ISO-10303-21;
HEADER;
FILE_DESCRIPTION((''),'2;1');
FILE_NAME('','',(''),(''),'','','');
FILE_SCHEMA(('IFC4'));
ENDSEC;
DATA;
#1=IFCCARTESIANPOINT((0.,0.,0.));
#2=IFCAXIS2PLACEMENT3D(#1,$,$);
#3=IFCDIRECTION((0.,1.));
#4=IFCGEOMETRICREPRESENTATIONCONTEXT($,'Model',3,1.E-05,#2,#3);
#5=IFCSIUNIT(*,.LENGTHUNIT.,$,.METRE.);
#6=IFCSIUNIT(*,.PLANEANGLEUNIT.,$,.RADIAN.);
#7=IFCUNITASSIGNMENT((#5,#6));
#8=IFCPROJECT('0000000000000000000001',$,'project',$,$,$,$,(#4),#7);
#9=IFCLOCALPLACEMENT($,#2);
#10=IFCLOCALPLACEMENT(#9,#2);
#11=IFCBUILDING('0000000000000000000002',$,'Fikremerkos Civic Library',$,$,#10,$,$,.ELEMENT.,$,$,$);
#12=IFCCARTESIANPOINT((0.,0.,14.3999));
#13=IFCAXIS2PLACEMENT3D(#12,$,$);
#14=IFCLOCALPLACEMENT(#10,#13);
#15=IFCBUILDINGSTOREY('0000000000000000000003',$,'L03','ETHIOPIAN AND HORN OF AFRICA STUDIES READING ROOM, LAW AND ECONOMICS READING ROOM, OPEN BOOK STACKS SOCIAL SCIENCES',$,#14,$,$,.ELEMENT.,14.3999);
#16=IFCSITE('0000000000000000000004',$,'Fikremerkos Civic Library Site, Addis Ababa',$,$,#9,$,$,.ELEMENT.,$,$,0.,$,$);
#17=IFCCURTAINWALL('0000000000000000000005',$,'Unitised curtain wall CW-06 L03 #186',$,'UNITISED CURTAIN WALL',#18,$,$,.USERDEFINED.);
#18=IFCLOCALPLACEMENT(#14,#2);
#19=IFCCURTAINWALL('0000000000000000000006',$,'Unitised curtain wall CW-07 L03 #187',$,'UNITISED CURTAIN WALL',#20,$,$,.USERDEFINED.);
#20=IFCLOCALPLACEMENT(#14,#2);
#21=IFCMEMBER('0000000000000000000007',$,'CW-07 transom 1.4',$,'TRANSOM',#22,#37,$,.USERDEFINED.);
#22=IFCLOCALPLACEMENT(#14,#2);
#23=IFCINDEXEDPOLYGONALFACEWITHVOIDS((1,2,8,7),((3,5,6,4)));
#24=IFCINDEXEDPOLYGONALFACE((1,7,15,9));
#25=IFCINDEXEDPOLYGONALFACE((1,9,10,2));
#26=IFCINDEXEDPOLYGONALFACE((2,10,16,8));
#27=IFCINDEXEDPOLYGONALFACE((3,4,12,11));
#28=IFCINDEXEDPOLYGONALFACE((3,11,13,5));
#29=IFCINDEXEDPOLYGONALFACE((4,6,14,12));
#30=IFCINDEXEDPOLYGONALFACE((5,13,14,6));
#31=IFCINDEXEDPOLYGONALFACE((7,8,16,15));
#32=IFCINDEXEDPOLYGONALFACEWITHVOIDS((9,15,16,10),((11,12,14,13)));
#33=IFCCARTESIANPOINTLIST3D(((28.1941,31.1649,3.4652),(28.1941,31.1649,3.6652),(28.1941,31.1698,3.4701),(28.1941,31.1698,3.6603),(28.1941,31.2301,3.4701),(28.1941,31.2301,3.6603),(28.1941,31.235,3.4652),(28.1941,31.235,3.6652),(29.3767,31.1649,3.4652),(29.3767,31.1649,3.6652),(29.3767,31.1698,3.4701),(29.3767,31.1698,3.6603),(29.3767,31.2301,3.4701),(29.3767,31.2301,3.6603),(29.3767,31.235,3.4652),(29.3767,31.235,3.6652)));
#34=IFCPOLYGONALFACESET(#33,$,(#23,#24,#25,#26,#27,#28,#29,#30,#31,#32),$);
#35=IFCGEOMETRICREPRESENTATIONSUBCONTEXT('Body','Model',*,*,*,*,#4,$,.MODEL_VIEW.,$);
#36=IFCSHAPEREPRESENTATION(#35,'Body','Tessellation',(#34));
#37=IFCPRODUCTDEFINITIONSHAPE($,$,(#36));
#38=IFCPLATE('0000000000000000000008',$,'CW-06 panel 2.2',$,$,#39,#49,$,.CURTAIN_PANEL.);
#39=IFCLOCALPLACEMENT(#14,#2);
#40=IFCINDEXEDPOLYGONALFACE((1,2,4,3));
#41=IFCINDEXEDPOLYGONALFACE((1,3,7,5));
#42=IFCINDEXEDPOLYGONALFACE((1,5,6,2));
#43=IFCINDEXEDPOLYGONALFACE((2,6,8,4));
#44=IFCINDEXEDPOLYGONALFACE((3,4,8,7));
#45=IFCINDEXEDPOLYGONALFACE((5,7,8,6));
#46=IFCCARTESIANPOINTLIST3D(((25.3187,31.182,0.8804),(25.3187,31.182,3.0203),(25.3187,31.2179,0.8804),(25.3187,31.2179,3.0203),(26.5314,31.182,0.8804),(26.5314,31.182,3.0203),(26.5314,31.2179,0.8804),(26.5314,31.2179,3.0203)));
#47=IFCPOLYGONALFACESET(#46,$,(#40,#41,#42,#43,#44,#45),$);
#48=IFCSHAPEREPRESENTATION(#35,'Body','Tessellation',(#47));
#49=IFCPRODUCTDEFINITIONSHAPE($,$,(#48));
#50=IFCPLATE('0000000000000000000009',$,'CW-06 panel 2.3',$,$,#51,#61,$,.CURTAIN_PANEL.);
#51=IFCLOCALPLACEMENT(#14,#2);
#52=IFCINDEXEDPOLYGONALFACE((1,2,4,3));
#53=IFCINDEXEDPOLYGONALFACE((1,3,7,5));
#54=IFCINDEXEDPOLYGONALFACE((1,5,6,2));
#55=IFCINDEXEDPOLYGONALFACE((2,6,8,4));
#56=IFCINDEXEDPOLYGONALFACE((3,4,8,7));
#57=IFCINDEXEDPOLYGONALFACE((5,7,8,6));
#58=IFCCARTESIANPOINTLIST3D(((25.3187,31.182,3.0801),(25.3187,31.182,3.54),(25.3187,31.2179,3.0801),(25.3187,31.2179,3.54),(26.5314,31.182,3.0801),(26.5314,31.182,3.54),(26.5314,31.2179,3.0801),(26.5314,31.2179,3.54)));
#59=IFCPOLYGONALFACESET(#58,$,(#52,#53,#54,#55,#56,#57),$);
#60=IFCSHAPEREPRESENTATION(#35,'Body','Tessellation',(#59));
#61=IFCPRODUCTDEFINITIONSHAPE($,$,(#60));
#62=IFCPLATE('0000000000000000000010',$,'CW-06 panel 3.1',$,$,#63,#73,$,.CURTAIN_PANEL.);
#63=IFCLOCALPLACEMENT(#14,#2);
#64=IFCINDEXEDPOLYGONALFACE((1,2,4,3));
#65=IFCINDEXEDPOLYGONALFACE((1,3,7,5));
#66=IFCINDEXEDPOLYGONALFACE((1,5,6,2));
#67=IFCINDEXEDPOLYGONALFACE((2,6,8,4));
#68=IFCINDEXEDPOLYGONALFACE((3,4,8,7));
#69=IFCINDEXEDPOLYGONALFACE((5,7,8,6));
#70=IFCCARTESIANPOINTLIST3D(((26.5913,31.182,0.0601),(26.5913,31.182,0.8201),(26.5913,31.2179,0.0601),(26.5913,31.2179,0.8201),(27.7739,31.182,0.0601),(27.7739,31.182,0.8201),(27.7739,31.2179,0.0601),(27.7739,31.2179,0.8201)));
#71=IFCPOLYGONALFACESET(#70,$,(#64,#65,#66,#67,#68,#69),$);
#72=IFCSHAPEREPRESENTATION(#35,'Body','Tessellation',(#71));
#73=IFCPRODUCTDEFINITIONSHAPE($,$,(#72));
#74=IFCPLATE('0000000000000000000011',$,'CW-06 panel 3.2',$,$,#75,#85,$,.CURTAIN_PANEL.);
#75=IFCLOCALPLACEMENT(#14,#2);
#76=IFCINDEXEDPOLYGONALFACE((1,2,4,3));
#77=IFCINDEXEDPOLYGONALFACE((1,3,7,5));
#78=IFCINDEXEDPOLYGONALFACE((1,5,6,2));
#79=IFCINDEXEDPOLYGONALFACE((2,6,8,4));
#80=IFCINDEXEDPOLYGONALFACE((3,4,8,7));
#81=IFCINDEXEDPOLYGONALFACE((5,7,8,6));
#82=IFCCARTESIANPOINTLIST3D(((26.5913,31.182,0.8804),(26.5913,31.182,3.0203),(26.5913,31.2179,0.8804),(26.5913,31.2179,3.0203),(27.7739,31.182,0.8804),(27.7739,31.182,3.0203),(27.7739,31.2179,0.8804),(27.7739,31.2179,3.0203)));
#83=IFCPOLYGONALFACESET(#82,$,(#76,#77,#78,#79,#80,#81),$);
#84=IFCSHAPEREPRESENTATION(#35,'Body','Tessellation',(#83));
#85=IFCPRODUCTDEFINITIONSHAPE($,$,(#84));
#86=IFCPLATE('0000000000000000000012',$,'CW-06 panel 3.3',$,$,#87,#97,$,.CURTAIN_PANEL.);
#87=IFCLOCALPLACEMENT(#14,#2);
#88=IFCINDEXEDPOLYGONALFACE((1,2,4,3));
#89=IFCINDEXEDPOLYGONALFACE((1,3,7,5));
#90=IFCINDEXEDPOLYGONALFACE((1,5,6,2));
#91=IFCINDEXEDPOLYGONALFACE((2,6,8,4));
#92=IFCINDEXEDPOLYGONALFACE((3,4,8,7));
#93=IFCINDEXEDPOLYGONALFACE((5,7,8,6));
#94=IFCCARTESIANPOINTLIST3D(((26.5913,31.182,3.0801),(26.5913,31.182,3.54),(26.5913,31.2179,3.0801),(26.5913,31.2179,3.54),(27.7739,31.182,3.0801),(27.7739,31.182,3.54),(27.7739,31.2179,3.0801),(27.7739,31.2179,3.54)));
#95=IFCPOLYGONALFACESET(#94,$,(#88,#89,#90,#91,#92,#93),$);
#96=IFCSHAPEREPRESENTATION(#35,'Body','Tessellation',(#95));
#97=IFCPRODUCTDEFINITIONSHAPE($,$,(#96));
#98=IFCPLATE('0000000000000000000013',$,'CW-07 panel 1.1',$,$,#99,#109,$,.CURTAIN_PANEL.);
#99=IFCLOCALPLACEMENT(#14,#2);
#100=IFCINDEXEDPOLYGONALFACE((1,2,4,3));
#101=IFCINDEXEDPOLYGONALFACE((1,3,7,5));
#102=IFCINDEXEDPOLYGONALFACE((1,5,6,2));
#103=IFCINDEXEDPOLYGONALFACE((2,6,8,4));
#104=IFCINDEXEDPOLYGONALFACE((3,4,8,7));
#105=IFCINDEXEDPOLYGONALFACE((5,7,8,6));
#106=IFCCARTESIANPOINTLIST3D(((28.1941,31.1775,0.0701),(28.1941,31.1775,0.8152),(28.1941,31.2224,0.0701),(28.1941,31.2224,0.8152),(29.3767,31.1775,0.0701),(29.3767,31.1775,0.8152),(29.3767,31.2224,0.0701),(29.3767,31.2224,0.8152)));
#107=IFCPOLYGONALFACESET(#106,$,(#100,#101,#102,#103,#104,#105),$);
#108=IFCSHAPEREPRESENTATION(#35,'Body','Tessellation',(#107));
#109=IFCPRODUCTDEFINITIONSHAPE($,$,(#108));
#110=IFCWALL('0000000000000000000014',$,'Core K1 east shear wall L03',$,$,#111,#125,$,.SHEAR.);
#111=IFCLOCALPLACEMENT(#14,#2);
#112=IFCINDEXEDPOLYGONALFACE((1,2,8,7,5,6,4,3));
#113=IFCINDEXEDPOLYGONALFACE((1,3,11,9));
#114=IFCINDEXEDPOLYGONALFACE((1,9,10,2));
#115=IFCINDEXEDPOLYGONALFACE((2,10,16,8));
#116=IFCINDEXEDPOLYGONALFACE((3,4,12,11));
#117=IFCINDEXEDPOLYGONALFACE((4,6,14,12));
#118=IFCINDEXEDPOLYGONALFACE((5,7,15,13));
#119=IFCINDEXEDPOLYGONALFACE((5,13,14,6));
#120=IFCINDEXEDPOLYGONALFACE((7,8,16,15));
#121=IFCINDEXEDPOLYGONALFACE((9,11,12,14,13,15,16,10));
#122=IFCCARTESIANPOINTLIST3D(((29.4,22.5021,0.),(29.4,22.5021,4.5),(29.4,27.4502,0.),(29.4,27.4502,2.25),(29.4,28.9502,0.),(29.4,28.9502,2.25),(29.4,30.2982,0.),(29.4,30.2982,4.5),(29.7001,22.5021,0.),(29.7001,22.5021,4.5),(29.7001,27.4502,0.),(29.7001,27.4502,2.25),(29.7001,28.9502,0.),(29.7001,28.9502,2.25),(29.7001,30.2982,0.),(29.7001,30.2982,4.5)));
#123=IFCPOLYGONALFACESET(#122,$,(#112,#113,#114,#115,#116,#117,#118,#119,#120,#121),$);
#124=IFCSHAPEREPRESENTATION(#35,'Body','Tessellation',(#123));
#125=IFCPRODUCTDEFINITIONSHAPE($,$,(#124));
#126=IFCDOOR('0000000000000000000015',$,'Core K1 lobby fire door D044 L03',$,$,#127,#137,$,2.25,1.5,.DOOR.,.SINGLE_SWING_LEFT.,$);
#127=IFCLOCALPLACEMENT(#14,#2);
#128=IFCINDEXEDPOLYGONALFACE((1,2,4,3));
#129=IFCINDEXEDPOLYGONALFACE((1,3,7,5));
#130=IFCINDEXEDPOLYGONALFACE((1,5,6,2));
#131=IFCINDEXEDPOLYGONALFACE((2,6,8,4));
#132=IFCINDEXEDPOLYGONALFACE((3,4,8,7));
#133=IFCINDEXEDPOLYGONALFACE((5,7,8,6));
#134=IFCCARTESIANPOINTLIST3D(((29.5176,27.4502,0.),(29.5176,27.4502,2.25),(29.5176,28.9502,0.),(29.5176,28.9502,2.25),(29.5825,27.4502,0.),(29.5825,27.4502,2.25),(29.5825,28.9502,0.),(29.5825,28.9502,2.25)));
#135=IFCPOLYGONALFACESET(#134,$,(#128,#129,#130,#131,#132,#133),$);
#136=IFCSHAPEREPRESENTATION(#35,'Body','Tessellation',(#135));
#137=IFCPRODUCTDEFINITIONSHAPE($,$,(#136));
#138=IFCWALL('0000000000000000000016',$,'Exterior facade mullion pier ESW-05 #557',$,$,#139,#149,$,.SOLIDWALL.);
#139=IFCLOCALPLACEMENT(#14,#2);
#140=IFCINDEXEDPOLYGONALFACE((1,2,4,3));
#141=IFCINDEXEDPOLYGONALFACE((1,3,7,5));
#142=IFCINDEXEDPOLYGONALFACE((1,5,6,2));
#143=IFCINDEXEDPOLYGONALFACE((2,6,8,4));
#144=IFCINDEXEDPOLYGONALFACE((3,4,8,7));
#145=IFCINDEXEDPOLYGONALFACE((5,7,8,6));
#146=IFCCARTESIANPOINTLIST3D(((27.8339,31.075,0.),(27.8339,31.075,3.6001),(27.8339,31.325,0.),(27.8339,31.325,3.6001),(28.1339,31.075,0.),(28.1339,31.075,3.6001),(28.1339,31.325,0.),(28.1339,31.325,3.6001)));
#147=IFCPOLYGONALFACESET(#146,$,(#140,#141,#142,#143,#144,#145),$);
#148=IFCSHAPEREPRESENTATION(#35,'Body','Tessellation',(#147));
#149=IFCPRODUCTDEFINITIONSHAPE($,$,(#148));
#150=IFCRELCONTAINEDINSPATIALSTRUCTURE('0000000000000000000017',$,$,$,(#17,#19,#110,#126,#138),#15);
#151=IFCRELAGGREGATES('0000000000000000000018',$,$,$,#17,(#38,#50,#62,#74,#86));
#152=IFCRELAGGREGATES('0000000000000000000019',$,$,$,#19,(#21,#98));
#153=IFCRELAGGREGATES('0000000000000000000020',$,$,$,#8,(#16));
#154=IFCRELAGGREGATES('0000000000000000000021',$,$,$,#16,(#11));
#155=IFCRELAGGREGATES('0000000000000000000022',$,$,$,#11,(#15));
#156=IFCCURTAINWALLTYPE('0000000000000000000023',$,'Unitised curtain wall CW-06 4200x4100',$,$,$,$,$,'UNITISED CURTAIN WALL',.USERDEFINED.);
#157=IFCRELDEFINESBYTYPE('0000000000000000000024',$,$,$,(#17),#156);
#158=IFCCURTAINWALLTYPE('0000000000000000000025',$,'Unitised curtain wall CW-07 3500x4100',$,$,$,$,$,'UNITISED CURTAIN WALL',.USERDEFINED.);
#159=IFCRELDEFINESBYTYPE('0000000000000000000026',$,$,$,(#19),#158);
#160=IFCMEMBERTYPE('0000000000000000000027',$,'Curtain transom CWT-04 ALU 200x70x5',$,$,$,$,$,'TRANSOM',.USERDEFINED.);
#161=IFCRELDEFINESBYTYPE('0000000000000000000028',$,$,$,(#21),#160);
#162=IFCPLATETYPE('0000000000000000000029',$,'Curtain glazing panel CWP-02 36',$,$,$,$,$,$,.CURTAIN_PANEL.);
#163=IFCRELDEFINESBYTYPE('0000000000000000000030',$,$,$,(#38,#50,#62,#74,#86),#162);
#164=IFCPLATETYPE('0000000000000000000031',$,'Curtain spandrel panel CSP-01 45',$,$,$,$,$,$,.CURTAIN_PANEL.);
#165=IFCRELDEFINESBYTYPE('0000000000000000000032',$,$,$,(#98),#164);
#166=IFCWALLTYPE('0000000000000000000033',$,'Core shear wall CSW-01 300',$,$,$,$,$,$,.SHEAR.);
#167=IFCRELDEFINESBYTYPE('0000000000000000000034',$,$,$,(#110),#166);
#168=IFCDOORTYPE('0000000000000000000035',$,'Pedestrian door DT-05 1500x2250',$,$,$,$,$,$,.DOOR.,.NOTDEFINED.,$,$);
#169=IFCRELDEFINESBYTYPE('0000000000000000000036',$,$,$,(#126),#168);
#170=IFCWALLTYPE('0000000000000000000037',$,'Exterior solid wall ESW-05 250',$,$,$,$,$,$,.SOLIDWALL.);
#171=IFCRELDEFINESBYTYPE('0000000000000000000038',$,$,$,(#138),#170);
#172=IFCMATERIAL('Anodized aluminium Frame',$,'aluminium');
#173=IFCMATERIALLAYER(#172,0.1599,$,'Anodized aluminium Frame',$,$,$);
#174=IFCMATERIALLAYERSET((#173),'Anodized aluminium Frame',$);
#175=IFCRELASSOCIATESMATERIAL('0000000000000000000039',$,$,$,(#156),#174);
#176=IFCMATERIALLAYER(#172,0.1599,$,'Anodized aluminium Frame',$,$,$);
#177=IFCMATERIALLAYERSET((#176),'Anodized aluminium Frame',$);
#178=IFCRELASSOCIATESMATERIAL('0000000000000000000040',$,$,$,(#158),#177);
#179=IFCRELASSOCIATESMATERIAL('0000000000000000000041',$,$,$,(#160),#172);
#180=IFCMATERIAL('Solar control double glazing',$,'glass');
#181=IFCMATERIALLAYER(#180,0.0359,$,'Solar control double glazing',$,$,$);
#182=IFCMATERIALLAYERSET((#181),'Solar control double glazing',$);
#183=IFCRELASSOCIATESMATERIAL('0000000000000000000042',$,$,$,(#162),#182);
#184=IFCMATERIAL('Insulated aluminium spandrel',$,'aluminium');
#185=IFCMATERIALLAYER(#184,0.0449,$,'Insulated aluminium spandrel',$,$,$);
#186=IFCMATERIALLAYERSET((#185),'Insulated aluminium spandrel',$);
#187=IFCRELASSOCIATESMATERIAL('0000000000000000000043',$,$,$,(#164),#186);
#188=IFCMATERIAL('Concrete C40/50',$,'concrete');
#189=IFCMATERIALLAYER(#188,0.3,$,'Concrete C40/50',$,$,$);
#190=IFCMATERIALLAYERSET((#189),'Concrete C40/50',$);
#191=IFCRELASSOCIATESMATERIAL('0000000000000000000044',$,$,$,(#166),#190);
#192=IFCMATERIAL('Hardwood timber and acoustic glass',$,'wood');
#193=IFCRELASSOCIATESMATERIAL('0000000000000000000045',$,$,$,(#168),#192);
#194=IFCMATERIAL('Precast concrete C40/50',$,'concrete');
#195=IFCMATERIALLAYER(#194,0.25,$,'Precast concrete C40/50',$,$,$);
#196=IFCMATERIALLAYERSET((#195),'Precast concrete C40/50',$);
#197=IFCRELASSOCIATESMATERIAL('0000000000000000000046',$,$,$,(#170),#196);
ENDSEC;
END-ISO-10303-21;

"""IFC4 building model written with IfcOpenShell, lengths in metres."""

from ifc_helpers import new_model, si_unit, direction, frame, frame_2d, origin, origin_2d, place, context, subcontext, project, spatial, rectangle, hollow_rectangle, extrude, material, layer, layer_set, material_profile, profile_set, type_object, element, fill, aggregate, save


model = new_model("IFC4")

# Units and contexts
model_context = context("Model", 3, precision=1e-05, world=origin(), true_north=direction((0.0, 1.0)))
body_context = subcontext(model_context, "Body", "Model", "MODEL_VIEW")
ifc_project = project(units=[si_unit("LENGTHUNIT", "METRE"), si_unit("PLANEANGLEUNIT", "RADIAN")], contexts=[model_context])

# Site, building, storey
site_placement = place(None, origin())
site = spatial("IfcSite", under=ifc_project, at=site_placement, Name="Fikremerkos Civic Library Site, Addis Ababa", CompositionType="ELEMENT", RefElevation=0.0)
building_placement = place(site_placement, origin())
building = spatial("IfcBuilding", under=site, at=building_placement, Name="Fikremerkos Civic Library", CompositionType="ELEMENT")
storey_placement = place(building_placement, frame((0.0, 0.0, 14.3999)))
storey = spatial("IfcBuildingStorey", under=building, at=storey_placement, Name="L03", Description="ETHIOPIAN AND HORN OF AFRICA STUDIES READING ROOM, LAW AND ECONOMICS READING ROOM, OPEN BOOK STACKS SOCIAL SCIENCES", CompositionType="ELEMENT", Elevation=14.3999)

# Curtain wall
ifc_material_1 = material(Name="Anodized aluminium Frame", Category="aluminium")
ifc_layer_1 = layer(ifc_material_1, 0.1599, Name="Anodized aluminium Frame")
ifc_layer_set_1 = layer_set([ifc_layer_1], Name="Anodized aluminium Frame")
curtain_wall_type_1 = type_object("IfcCurtainWallType", Name="Unitised curtain wall CW-06 4200x4100", ElementType="UNITISED CURTAIN WALL", PredefinedType="USERDEFINED", material=ifc_layer_set_1)
curtain_wall_1_placement = place(storey_placement, origin())
curtain_wall_1 = element("IfcCurtainWall", 1, at=curtain_wall_1_placement, inside=storey, type_object=curtain_wall_type_1, Name="Unitised curtain wall CW-06 L03 #186", ObjectType="UNITISED CURTAIN WALL", PredefinedType="USERDEFINED")

# Curtain wall
ifc_layer_2 = layer(ifc_material_1, 0.1599, Name="Anodized aluminium Frame")
ifc_layer_set_2 = layer_set([ifc_layer_2], Name="Anodized aluminium Frame")
curtain_wall_type_2 = type_object("IfcCurtainWallType", Name="Unitised curtain wall CW-07 3500x4100", ElementType="UNITISED CURTAIN WALL", PredefinedType="USERDEFINED", material=ifc_layer_set_2)
curtain_wall_2_placement = place(storey_placement, origin())
curtain_wall_2 = element("IfcCurtainWall", 2, at=curtain_wall_2_placement, inside=storey, type_object=curtain_wall_type_2, Name="Unitised curtain wall CW-07 L03 #187", ObjectType="UNITISED CURTAIN WALL", PredefinedType="USERDEFINED")

# Member
ifc_material_profile_1 = material_profile(ifc_material_1, hollow_rectangle(XDim=0.0701, YDim=0.2, WallThickness=0.0049, at=origin_2d()), Name="ALU 200x70x5")
ifc_profile_set_1 = profile_set([ifc_material_profile_1], Name="Anodized aluminium Frame")
member_type_1 = type_object("IfcMemberType", Name="Curtain transom CWT-04 ALU 200x70x5", ElementType="TRANSOM", PredefinedType="USERDEFINED", material=ifc_profile_set_1)
member_1_placement = place(storey_placement, frame((28.1941, 31.2, 3.5652), z_axis=(1.0, 0.0, 0.0), x_axis=(0.0, 1.0, 0.0)))
member_1 = element("IfcMember", 3, at=member_1_placement, type_object=member_type_1, Name="CW-07 transom 1.4", ObjectType="TRANSOM", PredefinedType="USERDEFINED", context=body_context, shape_type="SweptSolid", body=[
    extrude(hollow_rectangle(XDim=0.0701, YDim=0.2, WallThickness=0.0049, at=origin_2d()), origin(), (0.0, 0.0, 1.0), 1.1826),
])

# Plates
ifc_material_2 = material(Name="Solar control double glazing", Category="glass")
ifc_layer_3 = layer(ifc_material_2, 0.0359, Name="Solar control double glazing")
ifc_layer_set_3 = layer_set([ifc_layer_3], Name="Solar control double glazing")
plate_type_1 = type_object("IfcPlateType", Name="Curtain glazing panel CWP-02 36", PredefinedType="CURTAIN_PANEL", material=ifc_layer_set_3)
plate_1_placement = place(storey_placement, frame((25.925, 31.2, 0.8804), z_axis=(0.0, 0.0, 1.0), x_axis=(1.0, 0.0, 0.0)))
plate_1 = element("IfcPlate", 4, at=plate_1_placement, type_object=plate_type_1, Name="CW-06 panel 2.2", PredefinedType="CURTAIN_PANEL", context=body_context, shape_type="SweptSolid", body=[
    extrude(rectangle(XDim=1.2126, YDim=0.0359, at=origin_2d()), origin(), (0.0, 0.0, 1.0), 2.1399),
])
plate_2_placement = place(storey_placement, frame((25.925, 31.2, 3.0801), z_axis=(0.0, 0.0, 1.0), x_axis=(1.0, 0.0, 0.0)))
plate_2 = element("IfcPlate", 5, at=plate_2_placement, type_object=plate_type_1, Name="CW-06 panel 2.3", PredefinedType="CURTAIN_PANEL", context=body_context, shape_type="SweptSolid", body=[
    extrude(rectangle(XDim=1.2126, YDim=0.0359, at=origin_2d()), origin(), (0.0, 0.0, 1.0), 0.46),
])
plate_3_placement = place(storey_placement, frame((27.1826, 31.2, 0.0601), z_axis=(0.0, 0.0, 1.0), x_axis=(1.0, 0.0, 0.0)))
plate_3 = element("IfcPlate", 6, at=plate_3_placement, type_object=plate_type_1, Name="CW-06 panel 3.1", PredefinedType="CURTAIN_PANEL", context=body_context, shape_type="SweptSolid", body=[
    extrude(rectangle(XDim=1.1826, YDim=0.0359, at=origin_2d()), origin(), (0.0, 0.0, 1.0), 0.76),
])
plate_4_placement = place(storey_placement, frame((27.1826, 31.2, 0.8804), z_axis=(0.0, 0.0, 1.0), x_axis=(1.0, 0.0, 0.0)))
plate_4 = element("IfcPlate", 7, at=plate_4_placement, type_object=plate_type_1, Name="CW-06 panel 3.2", PredefinedType="CURTAIN_PANEL", context=body_context, shape_type="SweptSolid", body=[
    extrude(rectangle(XDim=1.1826, YDim=0.0359, at=origin_2d()), origin(), (0.0, 0.0, 1.0), 2.1399),
])
plate_5_placement = place(storey_placement, frame((27.1826, 31.2, 3.0801), z_axis=(0.0, 0.0, 1.0), x_axis=(1.0, 0.0, 0.0)))
plate_5 = element("IfcPlate", 8, at=plate_5_placement, type_object=plate_type_1, Name="CW-06 panel 3.3", PredefinedType="CURTAIN_PANEL", context=body_context, shape_type="SweptSolid", body=[
    extrude(rectangle(XDim=1.1826, YDim=0.0359, at=origin_2d()), origin(), (0.0, 0.0, 1.0), 0.46),
])
aggregate(curtain_wall_1, [plate_1, plate_2, plate_3, plate_4, plate_5])
ifc_material_3 = material(Name="Insulated aluminium spandrel", Category="aluminium")
ifc_layer_4 = layer(ifc_material_3, 0.0449, Name="Insulated aluminium spandrel")
ifc_layer_set_4 = layer_set([ifc_layer_4], Name="Insulated aluminium spandrel")
plate_type_2 = type_object("IfcPlateType", Name="Curtain spandrel panel CSP-01 45", PredefinedType="CURTAIN_PANEL", material=ifc_layer_set_4)
plate_6_placement = place(storey_placement, frame((28.7854, 31.2, 0.0701), z_axis=(0.0, 0.0, 1.0), x_axis=(1.0, 0.0, 0.0)))
plate_6 = element("IfcPlate", 9, at=plate_6_placement, type_object=plate_type_2, Name="CW-07 panel 1.1", PredefinedType="CURTAIN_PANEL", context=body_context, shape_type="SweptSolid", body=[
    extrude(rectangle(XDim=1.1826, YDim=0.0449, at=origin_2d()), origin(), (0.0, 0.0, 1.0), 0.7451),
])
aggregate(curtain_wall_2, [member_1, plate_6])

# Wall, opening, door
ifc_material_4 = material(Name="Concrete C40/50", Category="concrete")
ifc_layer_5 = layer(ifc_material_4, 0.3, Name="Concrete C40/50")
ifc_layer_set_5 = layer_set([ifc_layer_5], Name="Concrete C40/50")
wall_type_1 = type_object("IfcWallType", Name="Core shear wall CSW-01 300", PredefinedType="SHEAR", material=ifc_layer_set_5)
wall_1_placement = place(storey_placement, frame((29.55, 30.2981, 0.0), z_axis=(0.0, 0.0, 1.0), x_axis=(0.0, -1.0, 0.0)))
wall_1 = element("IfcWall", 10, at=wall_1_placement, inside=storey, type_object=wall_type_1, Name="Core K1 east shear wall L03", PredefinedType="SHEAR", context=body_context, shape_type="SweptSolid", body=[
    extrude(rectangle(XDim=7.7961, YDim=0.3, at=frame_2d((3.8979, 0.0))), origin(), (0.0, 0.0, 1.0), 4.5),
])
opening_placement = place(wall_1_placement, frame((1.3479, 0.0, 0.0)))
opening = element("IfcOpeningElement", 11, at=opening_placement, cuts=wall_1, PredefinedType="OPENING", context=body_context, shape_type="SweptSolid", body=[
    extrude(rectangle(XDim=1.5, YDim=2.25, at=frame_2d((0.75, 1.125))), frame((0.0, 0.1599, 0.0), z_axis=(0.0, -1.0, 0.0), x_axis=(1.0, 0.0, 0.0)), (0.0, 0.0, 1.0), 0.3201),
])
ifc_material_5 = material(Name="Hardwood timber and acoustic glass", Category="wood")
door_type = type_object("IfcDoorType", Name="Pedestrian door DT-05 1500x2250", OperationType="NOTDEFINED", PredefinedType="DOOR", material=ifc_material_5)
door_placement = place(opening_placement, origin())
door = element("IfcDoor", 12, at=door_placement, inside=storey, type_object=door_type, Name="Core K1 lobby fire door D044 L03", OperationType="SINGLE_SWING_LEFT", OverallHeight=2.25, OverallWidth=1.5, PredefinedType="DOOR", context=body_context, shape_type="SweptSolid", body=[
    extrude(rectangle(XDim=1.5, YDim=2.25, at=frame_2d((0.75, 1.125))), frame((0.0, 0.0325, 0.0), z_axis=(0.0, -1.0, 0.0), x_axis=(1.0, 0.0, 0.0)), (0.0, 0.0, 1.0), 0.0649),
])
fill(opening, door)

# Wall
ifc_material_6 = material(Name="Precast concrete C40/50", Category="concrete")
ifc_layer_6 = layer(ifc_material_6, 0.25, Name="Precast concrete C40/50")
ifc_layer_set_6 = layer_set([ifc_layer_6], Name="Precast concrete C40/50")
wall_type_2 = type_object("IfcWallType", Name="Exterior solid wall ESW-05 250", PredefinedType="SOLIDWALL", material=ifc_layer_set_6)
wall_2_placement = place(storey_placement, frame((27.834, 31.2, 0.0), z_axis=(0.0, 0.0, 1.0), x_axis=(1.0, 0.0, 0.0)))
element("IfcWall", 13, at=wall_2_placement, inside=storey, type_object=wall_type_2, Name="Exterior facade mullion pier ESW-05 #557", PredefinedType="SOLIDWALL", context=body_context, shape_type="SweptSolid", body=[
    extrude(rectangle(XDim=0.3, YDim=0.25, at=frame_2d((0.1499, 0.0))), origin(), (0.0, 0.0, 1.0), 3.6001),
])

save(model, "model.ifc")
